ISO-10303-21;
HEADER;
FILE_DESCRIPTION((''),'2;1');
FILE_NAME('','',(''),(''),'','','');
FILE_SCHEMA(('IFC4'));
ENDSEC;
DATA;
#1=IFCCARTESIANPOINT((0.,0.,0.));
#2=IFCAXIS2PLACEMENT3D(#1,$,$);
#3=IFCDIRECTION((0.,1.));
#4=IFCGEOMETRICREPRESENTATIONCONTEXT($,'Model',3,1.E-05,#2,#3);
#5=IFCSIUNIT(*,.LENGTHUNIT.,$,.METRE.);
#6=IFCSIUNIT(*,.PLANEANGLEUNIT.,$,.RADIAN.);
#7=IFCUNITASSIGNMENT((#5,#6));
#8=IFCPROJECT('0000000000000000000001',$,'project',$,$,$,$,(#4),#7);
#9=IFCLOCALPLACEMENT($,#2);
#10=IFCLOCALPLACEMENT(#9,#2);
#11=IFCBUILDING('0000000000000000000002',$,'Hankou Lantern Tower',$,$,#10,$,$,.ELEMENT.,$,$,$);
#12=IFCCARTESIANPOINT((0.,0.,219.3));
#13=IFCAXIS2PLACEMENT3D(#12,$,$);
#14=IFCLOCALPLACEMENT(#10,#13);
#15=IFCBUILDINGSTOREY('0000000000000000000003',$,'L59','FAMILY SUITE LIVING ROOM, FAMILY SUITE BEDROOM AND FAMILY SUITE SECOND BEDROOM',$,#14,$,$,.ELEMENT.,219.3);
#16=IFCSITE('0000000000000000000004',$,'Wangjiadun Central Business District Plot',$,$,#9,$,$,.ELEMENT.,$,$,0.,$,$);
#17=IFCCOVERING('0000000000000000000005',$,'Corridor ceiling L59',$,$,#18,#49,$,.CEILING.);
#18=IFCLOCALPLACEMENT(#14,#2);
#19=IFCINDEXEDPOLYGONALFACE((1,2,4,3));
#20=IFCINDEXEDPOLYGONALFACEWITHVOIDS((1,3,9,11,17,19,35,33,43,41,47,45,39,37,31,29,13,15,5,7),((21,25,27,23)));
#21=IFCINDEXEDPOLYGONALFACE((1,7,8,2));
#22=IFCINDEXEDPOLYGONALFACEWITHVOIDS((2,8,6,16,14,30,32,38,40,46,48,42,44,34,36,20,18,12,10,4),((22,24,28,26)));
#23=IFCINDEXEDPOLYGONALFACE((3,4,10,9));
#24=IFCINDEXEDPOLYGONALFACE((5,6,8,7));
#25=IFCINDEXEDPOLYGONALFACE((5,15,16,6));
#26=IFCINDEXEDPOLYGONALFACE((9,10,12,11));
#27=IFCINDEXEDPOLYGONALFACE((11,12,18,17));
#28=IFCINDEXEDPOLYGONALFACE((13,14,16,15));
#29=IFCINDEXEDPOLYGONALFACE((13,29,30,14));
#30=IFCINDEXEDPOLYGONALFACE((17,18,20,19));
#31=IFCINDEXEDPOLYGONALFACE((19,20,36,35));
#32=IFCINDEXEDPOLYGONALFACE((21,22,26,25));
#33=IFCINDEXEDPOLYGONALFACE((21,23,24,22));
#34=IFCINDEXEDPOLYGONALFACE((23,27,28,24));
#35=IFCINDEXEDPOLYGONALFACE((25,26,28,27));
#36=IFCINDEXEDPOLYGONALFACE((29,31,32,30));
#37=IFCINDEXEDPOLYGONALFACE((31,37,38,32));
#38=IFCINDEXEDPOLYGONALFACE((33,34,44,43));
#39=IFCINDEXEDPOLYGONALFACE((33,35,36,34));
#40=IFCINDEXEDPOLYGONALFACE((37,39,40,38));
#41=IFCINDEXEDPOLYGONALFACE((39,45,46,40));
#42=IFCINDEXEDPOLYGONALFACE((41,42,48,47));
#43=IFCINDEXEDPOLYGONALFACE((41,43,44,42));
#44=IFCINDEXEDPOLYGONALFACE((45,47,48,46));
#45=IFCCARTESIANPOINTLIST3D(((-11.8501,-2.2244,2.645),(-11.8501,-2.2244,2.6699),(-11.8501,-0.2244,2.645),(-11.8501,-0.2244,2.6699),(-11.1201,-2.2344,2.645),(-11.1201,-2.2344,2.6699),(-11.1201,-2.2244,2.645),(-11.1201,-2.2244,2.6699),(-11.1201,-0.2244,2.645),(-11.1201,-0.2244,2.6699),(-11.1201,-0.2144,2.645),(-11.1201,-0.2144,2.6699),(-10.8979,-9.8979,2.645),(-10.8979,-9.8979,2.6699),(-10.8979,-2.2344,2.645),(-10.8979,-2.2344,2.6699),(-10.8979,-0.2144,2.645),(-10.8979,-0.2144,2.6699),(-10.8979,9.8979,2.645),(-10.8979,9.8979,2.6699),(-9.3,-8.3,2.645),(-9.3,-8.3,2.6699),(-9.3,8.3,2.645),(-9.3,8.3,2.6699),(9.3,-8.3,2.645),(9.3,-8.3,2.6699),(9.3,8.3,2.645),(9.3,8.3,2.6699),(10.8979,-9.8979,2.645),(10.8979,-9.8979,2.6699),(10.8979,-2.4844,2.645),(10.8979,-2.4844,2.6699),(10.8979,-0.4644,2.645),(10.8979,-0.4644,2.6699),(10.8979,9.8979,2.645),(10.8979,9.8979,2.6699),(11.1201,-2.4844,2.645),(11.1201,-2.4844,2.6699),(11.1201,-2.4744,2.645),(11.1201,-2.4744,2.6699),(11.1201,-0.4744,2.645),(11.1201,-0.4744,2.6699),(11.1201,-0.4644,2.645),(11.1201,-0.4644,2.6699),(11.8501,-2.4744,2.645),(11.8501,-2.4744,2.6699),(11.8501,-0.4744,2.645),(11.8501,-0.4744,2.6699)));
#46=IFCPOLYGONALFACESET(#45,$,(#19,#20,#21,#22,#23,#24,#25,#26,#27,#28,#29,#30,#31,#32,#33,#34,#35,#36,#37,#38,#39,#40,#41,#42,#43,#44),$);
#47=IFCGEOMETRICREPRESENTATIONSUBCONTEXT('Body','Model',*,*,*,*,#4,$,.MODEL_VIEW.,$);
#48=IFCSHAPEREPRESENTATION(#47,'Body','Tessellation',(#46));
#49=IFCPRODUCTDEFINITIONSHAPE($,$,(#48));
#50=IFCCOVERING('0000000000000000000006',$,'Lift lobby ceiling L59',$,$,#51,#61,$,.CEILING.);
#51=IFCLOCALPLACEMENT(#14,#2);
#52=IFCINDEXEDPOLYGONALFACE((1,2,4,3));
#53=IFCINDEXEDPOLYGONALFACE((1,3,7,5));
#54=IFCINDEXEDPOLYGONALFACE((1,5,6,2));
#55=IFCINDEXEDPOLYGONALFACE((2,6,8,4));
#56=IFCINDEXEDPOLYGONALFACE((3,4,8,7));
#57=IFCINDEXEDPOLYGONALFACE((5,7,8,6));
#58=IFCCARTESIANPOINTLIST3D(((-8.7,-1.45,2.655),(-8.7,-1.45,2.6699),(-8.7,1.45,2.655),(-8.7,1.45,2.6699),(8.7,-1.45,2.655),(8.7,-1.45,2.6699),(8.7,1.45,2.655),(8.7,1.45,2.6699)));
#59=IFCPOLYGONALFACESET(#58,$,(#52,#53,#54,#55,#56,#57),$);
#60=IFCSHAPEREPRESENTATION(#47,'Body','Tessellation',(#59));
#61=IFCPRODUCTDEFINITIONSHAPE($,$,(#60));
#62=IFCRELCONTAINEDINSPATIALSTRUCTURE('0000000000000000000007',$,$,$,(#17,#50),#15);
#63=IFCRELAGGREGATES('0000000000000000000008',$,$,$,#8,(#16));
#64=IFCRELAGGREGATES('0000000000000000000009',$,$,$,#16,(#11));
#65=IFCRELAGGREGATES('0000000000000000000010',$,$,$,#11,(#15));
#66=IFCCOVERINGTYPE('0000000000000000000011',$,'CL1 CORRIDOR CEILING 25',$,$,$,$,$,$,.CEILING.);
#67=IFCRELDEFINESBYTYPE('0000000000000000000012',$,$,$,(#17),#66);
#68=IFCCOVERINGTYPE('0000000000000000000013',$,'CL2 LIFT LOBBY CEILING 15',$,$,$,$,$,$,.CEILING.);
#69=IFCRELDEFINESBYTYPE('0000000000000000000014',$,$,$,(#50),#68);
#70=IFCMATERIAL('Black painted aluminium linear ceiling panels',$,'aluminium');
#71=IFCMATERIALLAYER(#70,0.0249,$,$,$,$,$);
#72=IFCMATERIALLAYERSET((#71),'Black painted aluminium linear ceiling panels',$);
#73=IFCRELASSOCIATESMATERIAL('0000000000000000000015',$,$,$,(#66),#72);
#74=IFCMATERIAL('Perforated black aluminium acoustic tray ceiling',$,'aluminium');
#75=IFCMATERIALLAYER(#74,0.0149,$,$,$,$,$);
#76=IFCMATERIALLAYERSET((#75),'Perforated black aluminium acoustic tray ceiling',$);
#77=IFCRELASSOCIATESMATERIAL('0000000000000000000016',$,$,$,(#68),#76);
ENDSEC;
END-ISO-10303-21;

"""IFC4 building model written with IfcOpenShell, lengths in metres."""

from ifc_helpers import new_model, si_unit, direction, frame, origin, place, context, subcontext, project, spatial, polyline, outline, extrude, material, layer, layer_set, type_object, element, save


model = new_model("IFC4")

# Units and contexts
model_context = context("Model", 3, precision=1e-05, world=origin(), true_north=direction((0.0, 1.0)))
body_context = subcontext(model_context, "Body", "Model", "MODEL_VIEW")
ifc_project = project(units=[si_unit("LENGTHUNIT", "METRE"), si_unit("PLANEANGLEUNIT", "RADIAN")], contexts=[model_context])

# Site, building, storey
site_placement = place(None, origin())
site = spatial("IfcSite", under=ifc_project, at=site_placement, Name="Wangjiadun Central Business District Plot", CompositionType="ELEMENT", RefElevation=0.0)
building_placement = place(site_placement, origin())
building = spatial("IfcBuilding", under=site, at=building_placement, Name="Hankou Lantern Tower", CompositionType="ELEMENT")
storey_placement = place(building_placement, frame((0.0, 0.0, 219.3)))
storey = spatial("IfcBuildingStorey", under=building, at=storey_placement, Name="L59", Description="FAMILY SUITE LIVING ROOM, FAMILY SUITE BEDROOM AND FAMILY SUITE SECOND BEDROOM", CompositionType="ELEMENT", Elevation=219.3)

# Coverings
ifc_material_1 = material(Name="Black painted aluminium linear ceiling panels", Category="aluminium")
ifc_layer_1 = layer(ifc_material_1, 0.0249)
ifc_layer_set_1 = layer_set([ifc_layer_1], Name="Black painted aluminium linear ceiling panels")
covering_type_1 = type_object("IfcCoveringType", Name="CL1 CORRIDOR CEILING 25", PredefinedType="CEILING", material=ifc_layer_set_1)
covering_1_placement = place(storey_placement, frame((0.0, 0.0, 2.645)))
element("IfcCovering", 1, at=covering_1_placement, inside=storey, type_object=covering_type_1, Name="Corridor ceiling L59", PredefinedType="CEILING", context=body_context, shape_type="SweptSolid", body=[
    extrude(outline(polyline([(11.8501, -2.4744), (11.8501, -0.4744), (11.1201, -0.4744), (11.1201, -0.4644), (10.8979, -0.4644), (10.8979, 9.8979), (-10.8979, 9.8979), (-10.8979, -0.2144), (-11.1201, -0.2144), (-11.1201, -0.2244), (-11.8501, -0.2244), (-11.8501, -2.2244), (-11.1201, -2.2244), (-11.1201, -2.2344), (-10.8979, -2.2344), (-10.8979, -9.8979), (10.8979, -9.8979), (10.8979, -2.4844), (11.1201, -2.4844), (11.1201, -2.4744), (11.8501, -2.4744)]), holes=[polyline([(-9.3, 8.3), (9.3, 8.3), (9.3, -8.3), (-9.3, -8.3), (-9.3, 8.3)])]), origin(), (0.0, 0.0, 1.0), 0.0249),
])
ifc_material_2 = material(Name="Perforated black aluminium acoustic tray ceiling", Category="aluminium")
ifc_layer_2 = layer(ifc_material_2, 0.0149)
ifc_layer_set_2 = layer_set([ifc_layer_2], Name="Perforated black aluminium acoustic tray ceiling")
covering_type_2 = type_object("IfcCoveringType", Name="CL2 LIFT LOBBY CEILING 15", PredefinedType="CEILING", material=ifc_layer_set_2)
covering_2_placement = place(storey_placement, frame((0.0, 0.0, 2.655)))
element("IfcCovering", 2, at=covering_2_placement, inside=storey, type_object=covering_type_2, Name="Lift lobby ceiling L59", PredefinedType="CEILING", context=body_context, shape_type="SweptSolid", body=[
    extrude(outline(polyline([(-8.7, -1.45), (8.7, -1.45), (8.7, 1.45), (-8.7, 1.45), (-8.7, -1.45)])), origin(), (0.0, 0.0, 1.0), 0.0149),
])

save(model, "model.ifc")
